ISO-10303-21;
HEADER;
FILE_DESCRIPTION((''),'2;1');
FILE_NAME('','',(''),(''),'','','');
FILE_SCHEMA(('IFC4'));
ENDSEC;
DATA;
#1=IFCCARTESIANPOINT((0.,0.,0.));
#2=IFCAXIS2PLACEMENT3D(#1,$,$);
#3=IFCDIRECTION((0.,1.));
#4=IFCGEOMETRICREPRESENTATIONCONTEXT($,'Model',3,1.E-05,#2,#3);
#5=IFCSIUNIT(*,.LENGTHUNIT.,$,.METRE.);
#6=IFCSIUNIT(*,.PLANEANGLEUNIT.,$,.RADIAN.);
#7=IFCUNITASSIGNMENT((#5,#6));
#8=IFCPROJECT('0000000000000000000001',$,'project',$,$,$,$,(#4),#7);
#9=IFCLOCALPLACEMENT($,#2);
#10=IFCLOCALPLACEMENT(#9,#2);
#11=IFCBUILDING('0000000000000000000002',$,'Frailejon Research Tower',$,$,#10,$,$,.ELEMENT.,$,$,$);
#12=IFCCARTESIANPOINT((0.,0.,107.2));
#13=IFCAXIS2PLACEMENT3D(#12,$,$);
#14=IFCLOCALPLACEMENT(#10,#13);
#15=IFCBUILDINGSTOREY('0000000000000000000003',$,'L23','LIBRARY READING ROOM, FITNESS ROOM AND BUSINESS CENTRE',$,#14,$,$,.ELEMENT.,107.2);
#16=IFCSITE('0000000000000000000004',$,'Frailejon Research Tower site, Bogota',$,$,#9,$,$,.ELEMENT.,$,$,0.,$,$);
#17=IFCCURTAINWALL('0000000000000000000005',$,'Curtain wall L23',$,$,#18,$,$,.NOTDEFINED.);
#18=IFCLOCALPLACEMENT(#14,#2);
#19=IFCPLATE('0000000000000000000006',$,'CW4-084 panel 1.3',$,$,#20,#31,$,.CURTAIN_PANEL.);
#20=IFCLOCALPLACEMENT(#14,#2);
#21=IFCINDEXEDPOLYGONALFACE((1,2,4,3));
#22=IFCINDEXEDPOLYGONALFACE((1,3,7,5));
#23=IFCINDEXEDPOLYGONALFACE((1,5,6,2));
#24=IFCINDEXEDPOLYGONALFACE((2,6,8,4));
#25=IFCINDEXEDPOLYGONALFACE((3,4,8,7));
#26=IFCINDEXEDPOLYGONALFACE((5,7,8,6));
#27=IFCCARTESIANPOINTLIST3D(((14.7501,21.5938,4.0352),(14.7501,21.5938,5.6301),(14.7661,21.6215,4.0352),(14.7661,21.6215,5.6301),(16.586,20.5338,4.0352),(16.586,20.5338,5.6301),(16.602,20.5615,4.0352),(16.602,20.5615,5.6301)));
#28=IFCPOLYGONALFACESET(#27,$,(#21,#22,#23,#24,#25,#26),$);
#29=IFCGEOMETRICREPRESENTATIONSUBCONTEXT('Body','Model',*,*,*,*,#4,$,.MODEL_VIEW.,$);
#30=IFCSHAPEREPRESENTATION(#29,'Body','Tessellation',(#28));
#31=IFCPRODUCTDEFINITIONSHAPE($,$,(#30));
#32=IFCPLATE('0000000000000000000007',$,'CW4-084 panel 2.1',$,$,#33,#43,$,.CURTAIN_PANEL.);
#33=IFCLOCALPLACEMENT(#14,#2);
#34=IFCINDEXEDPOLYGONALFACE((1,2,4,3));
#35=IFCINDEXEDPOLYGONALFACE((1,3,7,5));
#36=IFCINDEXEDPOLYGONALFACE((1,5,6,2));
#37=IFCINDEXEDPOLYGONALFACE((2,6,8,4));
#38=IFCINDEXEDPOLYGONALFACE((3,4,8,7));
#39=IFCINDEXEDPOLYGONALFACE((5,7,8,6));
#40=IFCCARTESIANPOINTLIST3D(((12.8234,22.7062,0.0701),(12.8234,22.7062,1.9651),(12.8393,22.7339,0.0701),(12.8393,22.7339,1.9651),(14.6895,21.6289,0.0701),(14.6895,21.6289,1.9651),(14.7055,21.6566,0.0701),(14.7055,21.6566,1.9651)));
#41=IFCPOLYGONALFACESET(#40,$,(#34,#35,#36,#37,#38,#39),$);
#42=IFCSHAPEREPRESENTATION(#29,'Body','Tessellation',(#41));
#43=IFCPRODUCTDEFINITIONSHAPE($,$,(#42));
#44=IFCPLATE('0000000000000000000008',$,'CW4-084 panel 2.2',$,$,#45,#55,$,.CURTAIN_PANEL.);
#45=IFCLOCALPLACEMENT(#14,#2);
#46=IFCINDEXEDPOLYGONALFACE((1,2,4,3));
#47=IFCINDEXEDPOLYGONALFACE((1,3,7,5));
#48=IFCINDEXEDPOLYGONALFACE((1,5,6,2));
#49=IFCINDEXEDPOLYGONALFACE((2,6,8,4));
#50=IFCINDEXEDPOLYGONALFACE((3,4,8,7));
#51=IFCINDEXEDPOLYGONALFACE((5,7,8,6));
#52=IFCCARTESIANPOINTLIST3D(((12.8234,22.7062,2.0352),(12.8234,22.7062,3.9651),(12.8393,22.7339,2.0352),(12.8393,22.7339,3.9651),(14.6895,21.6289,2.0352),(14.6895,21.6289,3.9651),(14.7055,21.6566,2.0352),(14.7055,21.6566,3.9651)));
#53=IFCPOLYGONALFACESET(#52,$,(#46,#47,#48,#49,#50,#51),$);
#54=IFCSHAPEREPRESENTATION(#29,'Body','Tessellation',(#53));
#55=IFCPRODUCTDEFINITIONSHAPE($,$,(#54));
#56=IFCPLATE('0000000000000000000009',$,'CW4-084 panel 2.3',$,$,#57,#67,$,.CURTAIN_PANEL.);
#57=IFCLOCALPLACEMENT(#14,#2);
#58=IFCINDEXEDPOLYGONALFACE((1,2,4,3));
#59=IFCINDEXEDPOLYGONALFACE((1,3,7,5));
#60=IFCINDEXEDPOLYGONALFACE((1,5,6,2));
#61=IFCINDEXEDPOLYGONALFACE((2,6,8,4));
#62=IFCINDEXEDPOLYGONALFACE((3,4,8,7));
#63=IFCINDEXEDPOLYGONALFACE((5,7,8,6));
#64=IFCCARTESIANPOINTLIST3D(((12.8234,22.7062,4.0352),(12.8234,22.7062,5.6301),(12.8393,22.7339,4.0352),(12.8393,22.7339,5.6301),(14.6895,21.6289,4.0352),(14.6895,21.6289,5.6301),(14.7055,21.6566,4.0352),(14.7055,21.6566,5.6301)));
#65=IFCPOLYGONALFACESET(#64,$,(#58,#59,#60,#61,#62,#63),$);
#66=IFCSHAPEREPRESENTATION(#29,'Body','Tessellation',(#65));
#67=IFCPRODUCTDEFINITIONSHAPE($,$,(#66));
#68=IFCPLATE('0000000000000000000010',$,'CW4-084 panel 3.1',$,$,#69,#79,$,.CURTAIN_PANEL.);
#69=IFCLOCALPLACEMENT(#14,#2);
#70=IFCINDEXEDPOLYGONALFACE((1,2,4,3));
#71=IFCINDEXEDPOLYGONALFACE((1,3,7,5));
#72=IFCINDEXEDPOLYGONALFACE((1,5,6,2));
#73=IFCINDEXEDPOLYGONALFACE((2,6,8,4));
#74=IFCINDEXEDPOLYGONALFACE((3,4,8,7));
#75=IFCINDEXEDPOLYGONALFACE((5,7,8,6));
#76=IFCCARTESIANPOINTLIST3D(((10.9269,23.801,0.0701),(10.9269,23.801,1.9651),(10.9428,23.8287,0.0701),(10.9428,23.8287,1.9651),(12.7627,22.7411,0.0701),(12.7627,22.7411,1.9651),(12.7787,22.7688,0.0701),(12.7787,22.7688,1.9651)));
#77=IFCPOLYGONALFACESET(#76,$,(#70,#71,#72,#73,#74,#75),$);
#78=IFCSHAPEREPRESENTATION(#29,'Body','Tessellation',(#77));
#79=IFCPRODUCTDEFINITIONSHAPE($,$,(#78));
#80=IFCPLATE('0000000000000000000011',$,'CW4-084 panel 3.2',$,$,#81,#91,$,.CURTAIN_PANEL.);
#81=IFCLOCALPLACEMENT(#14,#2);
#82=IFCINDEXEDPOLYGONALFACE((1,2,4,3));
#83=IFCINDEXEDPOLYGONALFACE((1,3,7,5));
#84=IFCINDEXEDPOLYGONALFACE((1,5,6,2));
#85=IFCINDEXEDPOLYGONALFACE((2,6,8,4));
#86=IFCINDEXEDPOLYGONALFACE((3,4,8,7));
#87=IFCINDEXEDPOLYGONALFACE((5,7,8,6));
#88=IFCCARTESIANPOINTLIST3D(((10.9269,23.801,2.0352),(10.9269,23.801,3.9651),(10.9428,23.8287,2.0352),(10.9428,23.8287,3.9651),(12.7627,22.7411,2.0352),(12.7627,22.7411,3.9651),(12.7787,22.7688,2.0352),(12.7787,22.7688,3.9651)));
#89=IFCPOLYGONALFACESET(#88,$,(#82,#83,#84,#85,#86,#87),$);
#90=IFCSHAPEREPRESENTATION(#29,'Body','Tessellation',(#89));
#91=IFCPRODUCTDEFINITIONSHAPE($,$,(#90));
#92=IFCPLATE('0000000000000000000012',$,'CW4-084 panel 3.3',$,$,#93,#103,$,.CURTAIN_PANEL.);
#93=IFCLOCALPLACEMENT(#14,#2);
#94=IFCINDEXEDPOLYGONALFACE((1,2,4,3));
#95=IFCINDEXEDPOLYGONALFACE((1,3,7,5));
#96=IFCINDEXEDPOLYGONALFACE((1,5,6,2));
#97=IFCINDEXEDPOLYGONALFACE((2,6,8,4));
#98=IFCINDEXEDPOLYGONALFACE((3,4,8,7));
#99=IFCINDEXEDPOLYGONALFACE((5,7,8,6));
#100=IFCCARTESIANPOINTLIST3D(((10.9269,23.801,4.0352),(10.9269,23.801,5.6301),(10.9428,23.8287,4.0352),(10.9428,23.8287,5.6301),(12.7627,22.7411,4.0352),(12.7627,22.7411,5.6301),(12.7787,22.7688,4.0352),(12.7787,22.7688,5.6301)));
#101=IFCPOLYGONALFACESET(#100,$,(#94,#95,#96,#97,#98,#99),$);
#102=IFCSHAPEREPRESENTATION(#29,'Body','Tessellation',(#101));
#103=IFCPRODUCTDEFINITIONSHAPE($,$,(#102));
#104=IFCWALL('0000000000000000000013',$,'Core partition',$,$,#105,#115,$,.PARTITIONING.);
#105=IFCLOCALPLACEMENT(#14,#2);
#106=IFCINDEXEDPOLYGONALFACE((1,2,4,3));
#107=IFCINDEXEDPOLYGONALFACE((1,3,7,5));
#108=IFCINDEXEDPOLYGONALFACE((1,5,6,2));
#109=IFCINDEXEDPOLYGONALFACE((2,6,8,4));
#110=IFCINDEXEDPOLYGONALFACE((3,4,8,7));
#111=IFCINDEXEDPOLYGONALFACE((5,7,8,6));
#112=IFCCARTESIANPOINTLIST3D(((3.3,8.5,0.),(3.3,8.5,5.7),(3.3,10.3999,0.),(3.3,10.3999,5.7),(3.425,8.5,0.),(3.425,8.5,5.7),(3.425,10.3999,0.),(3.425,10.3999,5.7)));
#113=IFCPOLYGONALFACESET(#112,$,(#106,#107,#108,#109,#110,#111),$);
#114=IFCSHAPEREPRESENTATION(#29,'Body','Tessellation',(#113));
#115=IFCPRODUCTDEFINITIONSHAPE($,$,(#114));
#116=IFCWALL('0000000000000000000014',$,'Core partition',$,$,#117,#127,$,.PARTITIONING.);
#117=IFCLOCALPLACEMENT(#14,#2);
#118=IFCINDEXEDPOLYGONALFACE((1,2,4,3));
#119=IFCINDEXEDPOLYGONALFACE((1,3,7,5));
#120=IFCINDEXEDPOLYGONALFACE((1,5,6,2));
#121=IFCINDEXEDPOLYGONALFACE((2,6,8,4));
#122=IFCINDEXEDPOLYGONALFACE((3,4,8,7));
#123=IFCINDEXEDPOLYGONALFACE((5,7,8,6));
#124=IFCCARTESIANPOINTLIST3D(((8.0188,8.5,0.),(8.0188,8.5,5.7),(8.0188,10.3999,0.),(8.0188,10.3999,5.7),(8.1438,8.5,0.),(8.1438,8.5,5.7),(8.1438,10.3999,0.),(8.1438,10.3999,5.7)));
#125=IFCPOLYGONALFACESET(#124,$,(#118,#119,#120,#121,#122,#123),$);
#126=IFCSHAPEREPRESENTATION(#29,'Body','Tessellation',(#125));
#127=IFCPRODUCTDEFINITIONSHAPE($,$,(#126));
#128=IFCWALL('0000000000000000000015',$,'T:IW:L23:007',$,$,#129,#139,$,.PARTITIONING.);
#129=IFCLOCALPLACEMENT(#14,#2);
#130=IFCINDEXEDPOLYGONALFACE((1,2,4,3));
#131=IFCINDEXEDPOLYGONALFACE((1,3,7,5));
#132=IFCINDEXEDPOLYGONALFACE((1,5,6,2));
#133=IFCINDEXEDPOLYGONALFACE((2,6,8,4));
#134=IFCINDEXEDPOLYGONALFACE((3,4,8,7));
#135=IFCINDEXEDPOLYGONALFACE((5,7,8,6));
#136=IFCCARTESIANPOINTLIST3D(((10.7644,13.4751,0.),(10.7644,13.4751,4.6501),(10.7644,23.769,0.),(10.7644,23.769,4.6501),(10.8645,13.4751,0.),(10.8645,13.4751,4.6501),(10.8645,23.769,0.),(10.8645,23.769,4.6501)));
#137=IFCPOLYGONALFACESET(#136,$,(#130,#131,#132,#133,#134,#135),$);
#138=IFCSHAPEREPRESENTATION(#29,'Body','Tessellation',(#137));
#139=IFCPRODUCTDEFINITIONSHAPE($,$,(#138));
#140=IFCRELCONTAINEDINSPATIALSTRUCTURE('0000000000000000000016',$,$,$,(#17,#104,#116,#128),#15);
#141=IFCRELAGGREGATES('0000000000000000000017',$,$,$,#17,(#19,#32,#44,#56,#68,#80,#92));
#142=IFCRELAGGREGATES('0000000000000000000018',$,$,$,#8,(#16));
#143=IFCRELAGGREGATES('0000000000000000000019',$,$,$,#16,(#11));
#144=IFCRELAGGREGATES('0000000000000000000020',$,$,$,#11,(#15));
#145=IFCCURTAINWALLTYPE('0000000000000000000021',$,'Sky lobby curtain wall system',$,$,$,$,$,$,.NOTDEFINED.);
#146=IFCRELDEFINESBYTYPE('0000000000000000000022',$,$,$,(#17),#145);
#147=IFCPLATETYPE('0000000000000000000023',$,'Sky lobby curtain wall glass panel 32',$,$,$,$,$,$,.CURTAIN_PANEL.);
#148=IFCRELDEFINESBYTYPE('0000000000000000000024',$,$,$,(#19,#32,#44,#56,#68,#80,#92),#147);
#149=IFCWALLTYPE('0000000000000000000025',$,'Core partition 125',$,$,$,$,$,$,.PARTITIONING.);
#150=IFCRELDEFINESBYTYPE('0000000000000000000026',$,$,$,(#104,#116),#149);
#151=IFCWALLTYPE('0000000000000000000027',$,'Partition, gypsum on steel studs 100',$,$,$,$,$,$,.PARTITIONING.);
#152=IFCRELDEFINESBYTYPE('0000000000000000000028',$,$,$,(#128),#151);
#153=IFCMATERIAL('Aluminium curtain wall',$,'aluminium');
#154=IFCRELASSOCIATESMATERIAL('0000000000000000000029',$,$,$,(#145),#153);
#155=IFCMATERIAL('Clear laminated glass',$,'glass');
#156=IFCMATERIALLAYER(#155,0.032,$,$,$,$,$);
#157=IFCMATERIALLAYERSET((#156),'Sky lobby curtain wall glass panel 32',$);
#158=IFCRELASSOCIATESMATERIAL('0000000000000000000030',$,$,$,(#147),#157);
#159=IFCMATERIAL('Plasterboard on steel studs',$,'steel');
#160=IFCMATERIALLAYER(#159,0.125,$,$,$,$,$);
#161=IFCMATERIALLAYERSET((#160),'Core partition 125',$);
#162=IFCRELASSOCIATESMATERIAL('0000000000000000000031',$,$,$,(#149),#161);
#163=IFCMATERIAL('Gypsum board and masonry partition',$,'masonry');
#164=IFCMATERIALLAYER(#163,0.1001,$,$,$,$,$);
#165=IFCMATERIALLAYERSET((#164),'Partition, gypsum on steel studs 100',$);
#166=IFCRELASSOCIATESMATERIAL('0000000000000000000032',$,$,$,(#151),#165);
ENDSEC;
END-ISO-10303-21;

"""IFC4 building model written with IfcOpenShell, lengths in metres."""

from ifc_helpers import new_model, si_unit, direction, frame, frame_2d, origin, origin_2d, place, context, subcontext, project, spatial, rectangle, extrude, material, layer, layer_set, type_object, element, aggregate, save


model = new_model("IFC4")

# Units and contexts
model_context = context("Model", 3, precision=1e-05, world=origin(), true_north=direction((0.0, 1.0)))
body_context = subcontext(model_context, "Body", "Model", "MODEL_VIEW")
ifc_project = project(units=[si_unit("LENGTHUNIT", "METRE"), si_unit("PLANEANGLEUNIT", "RADIAN")], contexts=[model_context])

# Site, building, storey
site_placement = place(None, origin())
site = spatial("IfcSite", under=ifc_project, at=site_placement, Name="Frailejon Research Tower site, Bogota", CompositionType="ELEMENT", RefElevation=0.0)
building_placement = place(site_placement, origin())
building = spatial("IfcBuilding", under=site, at=building_placement, Name="Frailejon Research Tower", CompositionType="ELEMENT")
storey_placement = place(building_placement, frame((0.0, 0.0, 107.2)))
storey = spatial("IfcBuildingStorey", under=building, at=storey_placement, Name="L23", Description="LIBRARY READING ROOM, FITNESS ROOM AND BUSINESS CENTRE", CompositionType="ELEMENT", Elevation=107.2)

# Curtain wall
ifc_material_1 = material(Name="Aluminium curtain wall", Category="aluminium")
curtain_wall_type = type_object("IfcCurtainWallType", Name="Sky lobby curtain wall system", PredefinedType="NOTDEFINED", material=ifc_material_1)
curtain_wall_1_placement = place(storey_placement, origin())
curtain_wall_1 = element("IfcCurtainWall", 1, at=curtain_wall_1_placement, inside=storey, type_object=curtain_wall_type, Name="Curtain wall L23", PredefinedType="NOTDEFINED")

# Plates
ifc_material_2 = material(Name="Clear laminated glass", Category="glass")
ifc_layer_1 = layer(ifc_material_2, 0.032)
ifc_layer_set_1 = layer_set([ifc_layer_1], Name="Sky lobby curtain wall glass panel 32")
plate_type = type_object("IfcPlateType", Name="Sky lobby curtain wall glass panel 32", PredefinedType="CURTAIN_PANEL", material=ifc_layer_set_1)
plate_1_placement = place(storey_placement, frame((15.676, 21.0776, 4.0352), z_axis=(0.0, 0.0, 1.0), x_axis=(-0.866026, 0.499998, 0.0)))
plate_1 = element("IfcPlate", 2, at=plate_1_placement, type_object=plate_type, Name="CW4-084 panel 1.3", PredefinedType="CURTAIN_PANEL", context=body_context, shape_type="SweptSolid", body=[
    extrude(rectangle(XDim=2.1199, YDim=0.032, at=origin_2d()), origin(), (0.0, 0.0, 1.0), 1.595),
])
plate_2_placement = place(storey_placement, frame((13.7644, 22.1814, 0.0701), z_axis=(0.0, 0.0, 1.0), x_axis=(-0.866026, 0.499998, 0.0)))
plate_2 = element("IfcPlate", 3, at=plate_2_placement, type_object=plate_type, Name="CW4-084 panel 2.1", PredefinedType="CURTAIN_PANEL", context=body_context, shape_type="SweptSolid", body=[
    extrude(rectangle(XDim=2.1548, YDim=0.032, at=origin_2d()), origin(), (0.0, 0.0, 1.0), 1.895),
])
plate_3_placement = place(storey_placement, frame((13.7644, 22.1814, 2.0352), z_axis=(0.0, 0.0, 1.0), x_axis=(-0.866026, 0.499998, 0.0)))
plate_3 = element("IfcPlate", 4, at=plate_3_placement, type_object=plate_type, Name="CW4-084 panel 2.2", PredefinedType="CURTAIN_PANEL", context=body_context, shape_type="SweptSolid", body=[
    extrude(rectangle(XDim=2.1548, YDim=0.032, at=origin_2d()), origin(), (0.0, 0.0, 1.0), 1.9299),
])
plate_4_placement = place(storey_placement, frame((13.7644, 22.1814, 4.0352), z_axis=(0.0, 0.0, 1.0), x_axis=(-0.866026, 0.499998, 0.0)))
plate_4 = element("IfcPlate", 5, at=plate_4_placement, type_object=plate_type, Name="CW4-084 panel 2.3", PredefinedType="CURTAIN_PANEL", context=body_context, shape_type="SweptSolid", body=[
    extrude(rectangle(XDim=2.1548, YDim=0.032, at=origin_2d()), origin(), (0.0, 0.0, 1.0), 1.595),
])
plate_5_placement = place(storey_placement, frame((11.8528, 23.2849, 0.0701), z_axis=(0.0, 0.0, 1.0), x_axis=(-0.866026, 0.499998, 0.0)))
plate_5 = element("IfcPlate", 6, at=plate_5_placement, type_object=plate_type, Name="CW4-084 panel 3.1", PredefinedType="CURTAIN_PANEL", context=body_context, shape_type="SweptSolid", body=[
    extrude(rectangle(XDim=2.1199, YDim=0.032, at=origin_2d()), origin(), (0.0, 0.0, 1.0), 1.895),
])
plate_6_placement = place(storey_placement, frame((11.8528, 23.2849, 2.0352), z_axis=(0.0, 0.0, 1.0), x_axis=(-0.866026, 0.499998, 0.0)))
plate_6 = element("IfcPlate", 7, at=plate_6_placement, type_object=plate_type, Name="CW4-084 panel 3.2", PredefinedType="CURTAIN_PANEL", context=body_context, shape_type="SweptSolid", body=[
    extrude(rectangle(XDim=2.1199, YDim=0.032, at=origin_2d()), origin(), (0.0, 0.0, 1.0), 1.9299),
])
plate_7_placement = place(storey_placement, frame((11.8528, 23.2849, 4.0352), z_axis=(0.0, 0.0, 1.0), x_axis=(-0.866026, 0.499998, 0.0)))
plate_7 = element("IfcPlate", 8, at=plate_7_placement, type_object=plate_type, Name="CW4-084 panel 3.3", PredefinedType="CURTAIN_PANEL", context=body_context, shape_type="SweptSolid", body=[
    extrude(rectangle(XDim=2.1199, YDim=0.032, at=origin_2d()), origin(), (0.0, 0.0, 1.0), 1.595),
])
aggregate(curtain_wall_1, [plate_1, plate_2, plate_3, plate_4, plate_5, plate_6, plate_7])

# Walls
ifc_material_3 = material(Name="Plasterboard on steel studs", Category="steel")
ifc_layer_2 = layer(ifc_material_3, 0.125)
ifc_layer_set_2 = layer_set([ifc_layer_2], Name="Core partition 125")
wall_type_1 = type_object("IfcWallType", Name="Core partition 125", PredefinedType="PARTITIONING", material=ifc_layer_set_2)
for number, where, z_axis, x_axis, name in (
    (9, (3.3625, 8.5, 0.0), (0.0, 0.0, 1.0), (0.0, 1.0, 0.0), "Core partition"),
    (10, (8.0813, 8.5, 0.0), (0.0, 0.0, 1.0), (0.0, 1.0, 0.0), "Core partition"),
):
    element("IfcWall", number, at=place(storey_placement, frame(where, z_axis=z_axis, x_axis=x_axis)), inside=storey, type_object=wall_type_1, Name=name, PredefinedType="PARTITIONING", context=body_context, shape_type="SweptSolid", body=[
        extrude(rectangle(XDim=1.8999, YDim=0.125, at=frame_2d((0.95, 0.0))), origin(), (0.0, 0.0, 1.0), 5.7),
    ])
ifc_material_4 = material(Name="Gypsum board and masonry partition", Category="masonry")
ifc_layer_3 = layer(ifc_material_4, 0.1001)
ifc_layer_set_3 = layer_set([ifc_layer_3], Name="Partition, gypsum on steel studs 100")
wall_type_2 = type_object("IfcWallType", Name="Partition, gypsum on steel studs 100", PredefinedType="PARTITIONING", material=ifc_layer_set_3)
wall_1_placement = place(storey_placement, frame((10.8145, 13.4751, 0.0), z_axis=(0.0, 0.0, 1.0), x_axis=(0.0, 1.0, 0.0)))
element("IfcWall", 11, at=wall_1_placement, inside=storey, type_object=wall_type_2, Name="T:IW:L23:007", PredefinedType="PARTITIONING", context=body_context, shape_type="SweptSolid", body=[
    extrude(rectangle(XDim=10.2939, YDim=0.1001, at=frame_2d((5.147, 0.0))), origin(), (0.0, 0.0, 1.0), 4.6501),
])

save(model, "model.ifc")
